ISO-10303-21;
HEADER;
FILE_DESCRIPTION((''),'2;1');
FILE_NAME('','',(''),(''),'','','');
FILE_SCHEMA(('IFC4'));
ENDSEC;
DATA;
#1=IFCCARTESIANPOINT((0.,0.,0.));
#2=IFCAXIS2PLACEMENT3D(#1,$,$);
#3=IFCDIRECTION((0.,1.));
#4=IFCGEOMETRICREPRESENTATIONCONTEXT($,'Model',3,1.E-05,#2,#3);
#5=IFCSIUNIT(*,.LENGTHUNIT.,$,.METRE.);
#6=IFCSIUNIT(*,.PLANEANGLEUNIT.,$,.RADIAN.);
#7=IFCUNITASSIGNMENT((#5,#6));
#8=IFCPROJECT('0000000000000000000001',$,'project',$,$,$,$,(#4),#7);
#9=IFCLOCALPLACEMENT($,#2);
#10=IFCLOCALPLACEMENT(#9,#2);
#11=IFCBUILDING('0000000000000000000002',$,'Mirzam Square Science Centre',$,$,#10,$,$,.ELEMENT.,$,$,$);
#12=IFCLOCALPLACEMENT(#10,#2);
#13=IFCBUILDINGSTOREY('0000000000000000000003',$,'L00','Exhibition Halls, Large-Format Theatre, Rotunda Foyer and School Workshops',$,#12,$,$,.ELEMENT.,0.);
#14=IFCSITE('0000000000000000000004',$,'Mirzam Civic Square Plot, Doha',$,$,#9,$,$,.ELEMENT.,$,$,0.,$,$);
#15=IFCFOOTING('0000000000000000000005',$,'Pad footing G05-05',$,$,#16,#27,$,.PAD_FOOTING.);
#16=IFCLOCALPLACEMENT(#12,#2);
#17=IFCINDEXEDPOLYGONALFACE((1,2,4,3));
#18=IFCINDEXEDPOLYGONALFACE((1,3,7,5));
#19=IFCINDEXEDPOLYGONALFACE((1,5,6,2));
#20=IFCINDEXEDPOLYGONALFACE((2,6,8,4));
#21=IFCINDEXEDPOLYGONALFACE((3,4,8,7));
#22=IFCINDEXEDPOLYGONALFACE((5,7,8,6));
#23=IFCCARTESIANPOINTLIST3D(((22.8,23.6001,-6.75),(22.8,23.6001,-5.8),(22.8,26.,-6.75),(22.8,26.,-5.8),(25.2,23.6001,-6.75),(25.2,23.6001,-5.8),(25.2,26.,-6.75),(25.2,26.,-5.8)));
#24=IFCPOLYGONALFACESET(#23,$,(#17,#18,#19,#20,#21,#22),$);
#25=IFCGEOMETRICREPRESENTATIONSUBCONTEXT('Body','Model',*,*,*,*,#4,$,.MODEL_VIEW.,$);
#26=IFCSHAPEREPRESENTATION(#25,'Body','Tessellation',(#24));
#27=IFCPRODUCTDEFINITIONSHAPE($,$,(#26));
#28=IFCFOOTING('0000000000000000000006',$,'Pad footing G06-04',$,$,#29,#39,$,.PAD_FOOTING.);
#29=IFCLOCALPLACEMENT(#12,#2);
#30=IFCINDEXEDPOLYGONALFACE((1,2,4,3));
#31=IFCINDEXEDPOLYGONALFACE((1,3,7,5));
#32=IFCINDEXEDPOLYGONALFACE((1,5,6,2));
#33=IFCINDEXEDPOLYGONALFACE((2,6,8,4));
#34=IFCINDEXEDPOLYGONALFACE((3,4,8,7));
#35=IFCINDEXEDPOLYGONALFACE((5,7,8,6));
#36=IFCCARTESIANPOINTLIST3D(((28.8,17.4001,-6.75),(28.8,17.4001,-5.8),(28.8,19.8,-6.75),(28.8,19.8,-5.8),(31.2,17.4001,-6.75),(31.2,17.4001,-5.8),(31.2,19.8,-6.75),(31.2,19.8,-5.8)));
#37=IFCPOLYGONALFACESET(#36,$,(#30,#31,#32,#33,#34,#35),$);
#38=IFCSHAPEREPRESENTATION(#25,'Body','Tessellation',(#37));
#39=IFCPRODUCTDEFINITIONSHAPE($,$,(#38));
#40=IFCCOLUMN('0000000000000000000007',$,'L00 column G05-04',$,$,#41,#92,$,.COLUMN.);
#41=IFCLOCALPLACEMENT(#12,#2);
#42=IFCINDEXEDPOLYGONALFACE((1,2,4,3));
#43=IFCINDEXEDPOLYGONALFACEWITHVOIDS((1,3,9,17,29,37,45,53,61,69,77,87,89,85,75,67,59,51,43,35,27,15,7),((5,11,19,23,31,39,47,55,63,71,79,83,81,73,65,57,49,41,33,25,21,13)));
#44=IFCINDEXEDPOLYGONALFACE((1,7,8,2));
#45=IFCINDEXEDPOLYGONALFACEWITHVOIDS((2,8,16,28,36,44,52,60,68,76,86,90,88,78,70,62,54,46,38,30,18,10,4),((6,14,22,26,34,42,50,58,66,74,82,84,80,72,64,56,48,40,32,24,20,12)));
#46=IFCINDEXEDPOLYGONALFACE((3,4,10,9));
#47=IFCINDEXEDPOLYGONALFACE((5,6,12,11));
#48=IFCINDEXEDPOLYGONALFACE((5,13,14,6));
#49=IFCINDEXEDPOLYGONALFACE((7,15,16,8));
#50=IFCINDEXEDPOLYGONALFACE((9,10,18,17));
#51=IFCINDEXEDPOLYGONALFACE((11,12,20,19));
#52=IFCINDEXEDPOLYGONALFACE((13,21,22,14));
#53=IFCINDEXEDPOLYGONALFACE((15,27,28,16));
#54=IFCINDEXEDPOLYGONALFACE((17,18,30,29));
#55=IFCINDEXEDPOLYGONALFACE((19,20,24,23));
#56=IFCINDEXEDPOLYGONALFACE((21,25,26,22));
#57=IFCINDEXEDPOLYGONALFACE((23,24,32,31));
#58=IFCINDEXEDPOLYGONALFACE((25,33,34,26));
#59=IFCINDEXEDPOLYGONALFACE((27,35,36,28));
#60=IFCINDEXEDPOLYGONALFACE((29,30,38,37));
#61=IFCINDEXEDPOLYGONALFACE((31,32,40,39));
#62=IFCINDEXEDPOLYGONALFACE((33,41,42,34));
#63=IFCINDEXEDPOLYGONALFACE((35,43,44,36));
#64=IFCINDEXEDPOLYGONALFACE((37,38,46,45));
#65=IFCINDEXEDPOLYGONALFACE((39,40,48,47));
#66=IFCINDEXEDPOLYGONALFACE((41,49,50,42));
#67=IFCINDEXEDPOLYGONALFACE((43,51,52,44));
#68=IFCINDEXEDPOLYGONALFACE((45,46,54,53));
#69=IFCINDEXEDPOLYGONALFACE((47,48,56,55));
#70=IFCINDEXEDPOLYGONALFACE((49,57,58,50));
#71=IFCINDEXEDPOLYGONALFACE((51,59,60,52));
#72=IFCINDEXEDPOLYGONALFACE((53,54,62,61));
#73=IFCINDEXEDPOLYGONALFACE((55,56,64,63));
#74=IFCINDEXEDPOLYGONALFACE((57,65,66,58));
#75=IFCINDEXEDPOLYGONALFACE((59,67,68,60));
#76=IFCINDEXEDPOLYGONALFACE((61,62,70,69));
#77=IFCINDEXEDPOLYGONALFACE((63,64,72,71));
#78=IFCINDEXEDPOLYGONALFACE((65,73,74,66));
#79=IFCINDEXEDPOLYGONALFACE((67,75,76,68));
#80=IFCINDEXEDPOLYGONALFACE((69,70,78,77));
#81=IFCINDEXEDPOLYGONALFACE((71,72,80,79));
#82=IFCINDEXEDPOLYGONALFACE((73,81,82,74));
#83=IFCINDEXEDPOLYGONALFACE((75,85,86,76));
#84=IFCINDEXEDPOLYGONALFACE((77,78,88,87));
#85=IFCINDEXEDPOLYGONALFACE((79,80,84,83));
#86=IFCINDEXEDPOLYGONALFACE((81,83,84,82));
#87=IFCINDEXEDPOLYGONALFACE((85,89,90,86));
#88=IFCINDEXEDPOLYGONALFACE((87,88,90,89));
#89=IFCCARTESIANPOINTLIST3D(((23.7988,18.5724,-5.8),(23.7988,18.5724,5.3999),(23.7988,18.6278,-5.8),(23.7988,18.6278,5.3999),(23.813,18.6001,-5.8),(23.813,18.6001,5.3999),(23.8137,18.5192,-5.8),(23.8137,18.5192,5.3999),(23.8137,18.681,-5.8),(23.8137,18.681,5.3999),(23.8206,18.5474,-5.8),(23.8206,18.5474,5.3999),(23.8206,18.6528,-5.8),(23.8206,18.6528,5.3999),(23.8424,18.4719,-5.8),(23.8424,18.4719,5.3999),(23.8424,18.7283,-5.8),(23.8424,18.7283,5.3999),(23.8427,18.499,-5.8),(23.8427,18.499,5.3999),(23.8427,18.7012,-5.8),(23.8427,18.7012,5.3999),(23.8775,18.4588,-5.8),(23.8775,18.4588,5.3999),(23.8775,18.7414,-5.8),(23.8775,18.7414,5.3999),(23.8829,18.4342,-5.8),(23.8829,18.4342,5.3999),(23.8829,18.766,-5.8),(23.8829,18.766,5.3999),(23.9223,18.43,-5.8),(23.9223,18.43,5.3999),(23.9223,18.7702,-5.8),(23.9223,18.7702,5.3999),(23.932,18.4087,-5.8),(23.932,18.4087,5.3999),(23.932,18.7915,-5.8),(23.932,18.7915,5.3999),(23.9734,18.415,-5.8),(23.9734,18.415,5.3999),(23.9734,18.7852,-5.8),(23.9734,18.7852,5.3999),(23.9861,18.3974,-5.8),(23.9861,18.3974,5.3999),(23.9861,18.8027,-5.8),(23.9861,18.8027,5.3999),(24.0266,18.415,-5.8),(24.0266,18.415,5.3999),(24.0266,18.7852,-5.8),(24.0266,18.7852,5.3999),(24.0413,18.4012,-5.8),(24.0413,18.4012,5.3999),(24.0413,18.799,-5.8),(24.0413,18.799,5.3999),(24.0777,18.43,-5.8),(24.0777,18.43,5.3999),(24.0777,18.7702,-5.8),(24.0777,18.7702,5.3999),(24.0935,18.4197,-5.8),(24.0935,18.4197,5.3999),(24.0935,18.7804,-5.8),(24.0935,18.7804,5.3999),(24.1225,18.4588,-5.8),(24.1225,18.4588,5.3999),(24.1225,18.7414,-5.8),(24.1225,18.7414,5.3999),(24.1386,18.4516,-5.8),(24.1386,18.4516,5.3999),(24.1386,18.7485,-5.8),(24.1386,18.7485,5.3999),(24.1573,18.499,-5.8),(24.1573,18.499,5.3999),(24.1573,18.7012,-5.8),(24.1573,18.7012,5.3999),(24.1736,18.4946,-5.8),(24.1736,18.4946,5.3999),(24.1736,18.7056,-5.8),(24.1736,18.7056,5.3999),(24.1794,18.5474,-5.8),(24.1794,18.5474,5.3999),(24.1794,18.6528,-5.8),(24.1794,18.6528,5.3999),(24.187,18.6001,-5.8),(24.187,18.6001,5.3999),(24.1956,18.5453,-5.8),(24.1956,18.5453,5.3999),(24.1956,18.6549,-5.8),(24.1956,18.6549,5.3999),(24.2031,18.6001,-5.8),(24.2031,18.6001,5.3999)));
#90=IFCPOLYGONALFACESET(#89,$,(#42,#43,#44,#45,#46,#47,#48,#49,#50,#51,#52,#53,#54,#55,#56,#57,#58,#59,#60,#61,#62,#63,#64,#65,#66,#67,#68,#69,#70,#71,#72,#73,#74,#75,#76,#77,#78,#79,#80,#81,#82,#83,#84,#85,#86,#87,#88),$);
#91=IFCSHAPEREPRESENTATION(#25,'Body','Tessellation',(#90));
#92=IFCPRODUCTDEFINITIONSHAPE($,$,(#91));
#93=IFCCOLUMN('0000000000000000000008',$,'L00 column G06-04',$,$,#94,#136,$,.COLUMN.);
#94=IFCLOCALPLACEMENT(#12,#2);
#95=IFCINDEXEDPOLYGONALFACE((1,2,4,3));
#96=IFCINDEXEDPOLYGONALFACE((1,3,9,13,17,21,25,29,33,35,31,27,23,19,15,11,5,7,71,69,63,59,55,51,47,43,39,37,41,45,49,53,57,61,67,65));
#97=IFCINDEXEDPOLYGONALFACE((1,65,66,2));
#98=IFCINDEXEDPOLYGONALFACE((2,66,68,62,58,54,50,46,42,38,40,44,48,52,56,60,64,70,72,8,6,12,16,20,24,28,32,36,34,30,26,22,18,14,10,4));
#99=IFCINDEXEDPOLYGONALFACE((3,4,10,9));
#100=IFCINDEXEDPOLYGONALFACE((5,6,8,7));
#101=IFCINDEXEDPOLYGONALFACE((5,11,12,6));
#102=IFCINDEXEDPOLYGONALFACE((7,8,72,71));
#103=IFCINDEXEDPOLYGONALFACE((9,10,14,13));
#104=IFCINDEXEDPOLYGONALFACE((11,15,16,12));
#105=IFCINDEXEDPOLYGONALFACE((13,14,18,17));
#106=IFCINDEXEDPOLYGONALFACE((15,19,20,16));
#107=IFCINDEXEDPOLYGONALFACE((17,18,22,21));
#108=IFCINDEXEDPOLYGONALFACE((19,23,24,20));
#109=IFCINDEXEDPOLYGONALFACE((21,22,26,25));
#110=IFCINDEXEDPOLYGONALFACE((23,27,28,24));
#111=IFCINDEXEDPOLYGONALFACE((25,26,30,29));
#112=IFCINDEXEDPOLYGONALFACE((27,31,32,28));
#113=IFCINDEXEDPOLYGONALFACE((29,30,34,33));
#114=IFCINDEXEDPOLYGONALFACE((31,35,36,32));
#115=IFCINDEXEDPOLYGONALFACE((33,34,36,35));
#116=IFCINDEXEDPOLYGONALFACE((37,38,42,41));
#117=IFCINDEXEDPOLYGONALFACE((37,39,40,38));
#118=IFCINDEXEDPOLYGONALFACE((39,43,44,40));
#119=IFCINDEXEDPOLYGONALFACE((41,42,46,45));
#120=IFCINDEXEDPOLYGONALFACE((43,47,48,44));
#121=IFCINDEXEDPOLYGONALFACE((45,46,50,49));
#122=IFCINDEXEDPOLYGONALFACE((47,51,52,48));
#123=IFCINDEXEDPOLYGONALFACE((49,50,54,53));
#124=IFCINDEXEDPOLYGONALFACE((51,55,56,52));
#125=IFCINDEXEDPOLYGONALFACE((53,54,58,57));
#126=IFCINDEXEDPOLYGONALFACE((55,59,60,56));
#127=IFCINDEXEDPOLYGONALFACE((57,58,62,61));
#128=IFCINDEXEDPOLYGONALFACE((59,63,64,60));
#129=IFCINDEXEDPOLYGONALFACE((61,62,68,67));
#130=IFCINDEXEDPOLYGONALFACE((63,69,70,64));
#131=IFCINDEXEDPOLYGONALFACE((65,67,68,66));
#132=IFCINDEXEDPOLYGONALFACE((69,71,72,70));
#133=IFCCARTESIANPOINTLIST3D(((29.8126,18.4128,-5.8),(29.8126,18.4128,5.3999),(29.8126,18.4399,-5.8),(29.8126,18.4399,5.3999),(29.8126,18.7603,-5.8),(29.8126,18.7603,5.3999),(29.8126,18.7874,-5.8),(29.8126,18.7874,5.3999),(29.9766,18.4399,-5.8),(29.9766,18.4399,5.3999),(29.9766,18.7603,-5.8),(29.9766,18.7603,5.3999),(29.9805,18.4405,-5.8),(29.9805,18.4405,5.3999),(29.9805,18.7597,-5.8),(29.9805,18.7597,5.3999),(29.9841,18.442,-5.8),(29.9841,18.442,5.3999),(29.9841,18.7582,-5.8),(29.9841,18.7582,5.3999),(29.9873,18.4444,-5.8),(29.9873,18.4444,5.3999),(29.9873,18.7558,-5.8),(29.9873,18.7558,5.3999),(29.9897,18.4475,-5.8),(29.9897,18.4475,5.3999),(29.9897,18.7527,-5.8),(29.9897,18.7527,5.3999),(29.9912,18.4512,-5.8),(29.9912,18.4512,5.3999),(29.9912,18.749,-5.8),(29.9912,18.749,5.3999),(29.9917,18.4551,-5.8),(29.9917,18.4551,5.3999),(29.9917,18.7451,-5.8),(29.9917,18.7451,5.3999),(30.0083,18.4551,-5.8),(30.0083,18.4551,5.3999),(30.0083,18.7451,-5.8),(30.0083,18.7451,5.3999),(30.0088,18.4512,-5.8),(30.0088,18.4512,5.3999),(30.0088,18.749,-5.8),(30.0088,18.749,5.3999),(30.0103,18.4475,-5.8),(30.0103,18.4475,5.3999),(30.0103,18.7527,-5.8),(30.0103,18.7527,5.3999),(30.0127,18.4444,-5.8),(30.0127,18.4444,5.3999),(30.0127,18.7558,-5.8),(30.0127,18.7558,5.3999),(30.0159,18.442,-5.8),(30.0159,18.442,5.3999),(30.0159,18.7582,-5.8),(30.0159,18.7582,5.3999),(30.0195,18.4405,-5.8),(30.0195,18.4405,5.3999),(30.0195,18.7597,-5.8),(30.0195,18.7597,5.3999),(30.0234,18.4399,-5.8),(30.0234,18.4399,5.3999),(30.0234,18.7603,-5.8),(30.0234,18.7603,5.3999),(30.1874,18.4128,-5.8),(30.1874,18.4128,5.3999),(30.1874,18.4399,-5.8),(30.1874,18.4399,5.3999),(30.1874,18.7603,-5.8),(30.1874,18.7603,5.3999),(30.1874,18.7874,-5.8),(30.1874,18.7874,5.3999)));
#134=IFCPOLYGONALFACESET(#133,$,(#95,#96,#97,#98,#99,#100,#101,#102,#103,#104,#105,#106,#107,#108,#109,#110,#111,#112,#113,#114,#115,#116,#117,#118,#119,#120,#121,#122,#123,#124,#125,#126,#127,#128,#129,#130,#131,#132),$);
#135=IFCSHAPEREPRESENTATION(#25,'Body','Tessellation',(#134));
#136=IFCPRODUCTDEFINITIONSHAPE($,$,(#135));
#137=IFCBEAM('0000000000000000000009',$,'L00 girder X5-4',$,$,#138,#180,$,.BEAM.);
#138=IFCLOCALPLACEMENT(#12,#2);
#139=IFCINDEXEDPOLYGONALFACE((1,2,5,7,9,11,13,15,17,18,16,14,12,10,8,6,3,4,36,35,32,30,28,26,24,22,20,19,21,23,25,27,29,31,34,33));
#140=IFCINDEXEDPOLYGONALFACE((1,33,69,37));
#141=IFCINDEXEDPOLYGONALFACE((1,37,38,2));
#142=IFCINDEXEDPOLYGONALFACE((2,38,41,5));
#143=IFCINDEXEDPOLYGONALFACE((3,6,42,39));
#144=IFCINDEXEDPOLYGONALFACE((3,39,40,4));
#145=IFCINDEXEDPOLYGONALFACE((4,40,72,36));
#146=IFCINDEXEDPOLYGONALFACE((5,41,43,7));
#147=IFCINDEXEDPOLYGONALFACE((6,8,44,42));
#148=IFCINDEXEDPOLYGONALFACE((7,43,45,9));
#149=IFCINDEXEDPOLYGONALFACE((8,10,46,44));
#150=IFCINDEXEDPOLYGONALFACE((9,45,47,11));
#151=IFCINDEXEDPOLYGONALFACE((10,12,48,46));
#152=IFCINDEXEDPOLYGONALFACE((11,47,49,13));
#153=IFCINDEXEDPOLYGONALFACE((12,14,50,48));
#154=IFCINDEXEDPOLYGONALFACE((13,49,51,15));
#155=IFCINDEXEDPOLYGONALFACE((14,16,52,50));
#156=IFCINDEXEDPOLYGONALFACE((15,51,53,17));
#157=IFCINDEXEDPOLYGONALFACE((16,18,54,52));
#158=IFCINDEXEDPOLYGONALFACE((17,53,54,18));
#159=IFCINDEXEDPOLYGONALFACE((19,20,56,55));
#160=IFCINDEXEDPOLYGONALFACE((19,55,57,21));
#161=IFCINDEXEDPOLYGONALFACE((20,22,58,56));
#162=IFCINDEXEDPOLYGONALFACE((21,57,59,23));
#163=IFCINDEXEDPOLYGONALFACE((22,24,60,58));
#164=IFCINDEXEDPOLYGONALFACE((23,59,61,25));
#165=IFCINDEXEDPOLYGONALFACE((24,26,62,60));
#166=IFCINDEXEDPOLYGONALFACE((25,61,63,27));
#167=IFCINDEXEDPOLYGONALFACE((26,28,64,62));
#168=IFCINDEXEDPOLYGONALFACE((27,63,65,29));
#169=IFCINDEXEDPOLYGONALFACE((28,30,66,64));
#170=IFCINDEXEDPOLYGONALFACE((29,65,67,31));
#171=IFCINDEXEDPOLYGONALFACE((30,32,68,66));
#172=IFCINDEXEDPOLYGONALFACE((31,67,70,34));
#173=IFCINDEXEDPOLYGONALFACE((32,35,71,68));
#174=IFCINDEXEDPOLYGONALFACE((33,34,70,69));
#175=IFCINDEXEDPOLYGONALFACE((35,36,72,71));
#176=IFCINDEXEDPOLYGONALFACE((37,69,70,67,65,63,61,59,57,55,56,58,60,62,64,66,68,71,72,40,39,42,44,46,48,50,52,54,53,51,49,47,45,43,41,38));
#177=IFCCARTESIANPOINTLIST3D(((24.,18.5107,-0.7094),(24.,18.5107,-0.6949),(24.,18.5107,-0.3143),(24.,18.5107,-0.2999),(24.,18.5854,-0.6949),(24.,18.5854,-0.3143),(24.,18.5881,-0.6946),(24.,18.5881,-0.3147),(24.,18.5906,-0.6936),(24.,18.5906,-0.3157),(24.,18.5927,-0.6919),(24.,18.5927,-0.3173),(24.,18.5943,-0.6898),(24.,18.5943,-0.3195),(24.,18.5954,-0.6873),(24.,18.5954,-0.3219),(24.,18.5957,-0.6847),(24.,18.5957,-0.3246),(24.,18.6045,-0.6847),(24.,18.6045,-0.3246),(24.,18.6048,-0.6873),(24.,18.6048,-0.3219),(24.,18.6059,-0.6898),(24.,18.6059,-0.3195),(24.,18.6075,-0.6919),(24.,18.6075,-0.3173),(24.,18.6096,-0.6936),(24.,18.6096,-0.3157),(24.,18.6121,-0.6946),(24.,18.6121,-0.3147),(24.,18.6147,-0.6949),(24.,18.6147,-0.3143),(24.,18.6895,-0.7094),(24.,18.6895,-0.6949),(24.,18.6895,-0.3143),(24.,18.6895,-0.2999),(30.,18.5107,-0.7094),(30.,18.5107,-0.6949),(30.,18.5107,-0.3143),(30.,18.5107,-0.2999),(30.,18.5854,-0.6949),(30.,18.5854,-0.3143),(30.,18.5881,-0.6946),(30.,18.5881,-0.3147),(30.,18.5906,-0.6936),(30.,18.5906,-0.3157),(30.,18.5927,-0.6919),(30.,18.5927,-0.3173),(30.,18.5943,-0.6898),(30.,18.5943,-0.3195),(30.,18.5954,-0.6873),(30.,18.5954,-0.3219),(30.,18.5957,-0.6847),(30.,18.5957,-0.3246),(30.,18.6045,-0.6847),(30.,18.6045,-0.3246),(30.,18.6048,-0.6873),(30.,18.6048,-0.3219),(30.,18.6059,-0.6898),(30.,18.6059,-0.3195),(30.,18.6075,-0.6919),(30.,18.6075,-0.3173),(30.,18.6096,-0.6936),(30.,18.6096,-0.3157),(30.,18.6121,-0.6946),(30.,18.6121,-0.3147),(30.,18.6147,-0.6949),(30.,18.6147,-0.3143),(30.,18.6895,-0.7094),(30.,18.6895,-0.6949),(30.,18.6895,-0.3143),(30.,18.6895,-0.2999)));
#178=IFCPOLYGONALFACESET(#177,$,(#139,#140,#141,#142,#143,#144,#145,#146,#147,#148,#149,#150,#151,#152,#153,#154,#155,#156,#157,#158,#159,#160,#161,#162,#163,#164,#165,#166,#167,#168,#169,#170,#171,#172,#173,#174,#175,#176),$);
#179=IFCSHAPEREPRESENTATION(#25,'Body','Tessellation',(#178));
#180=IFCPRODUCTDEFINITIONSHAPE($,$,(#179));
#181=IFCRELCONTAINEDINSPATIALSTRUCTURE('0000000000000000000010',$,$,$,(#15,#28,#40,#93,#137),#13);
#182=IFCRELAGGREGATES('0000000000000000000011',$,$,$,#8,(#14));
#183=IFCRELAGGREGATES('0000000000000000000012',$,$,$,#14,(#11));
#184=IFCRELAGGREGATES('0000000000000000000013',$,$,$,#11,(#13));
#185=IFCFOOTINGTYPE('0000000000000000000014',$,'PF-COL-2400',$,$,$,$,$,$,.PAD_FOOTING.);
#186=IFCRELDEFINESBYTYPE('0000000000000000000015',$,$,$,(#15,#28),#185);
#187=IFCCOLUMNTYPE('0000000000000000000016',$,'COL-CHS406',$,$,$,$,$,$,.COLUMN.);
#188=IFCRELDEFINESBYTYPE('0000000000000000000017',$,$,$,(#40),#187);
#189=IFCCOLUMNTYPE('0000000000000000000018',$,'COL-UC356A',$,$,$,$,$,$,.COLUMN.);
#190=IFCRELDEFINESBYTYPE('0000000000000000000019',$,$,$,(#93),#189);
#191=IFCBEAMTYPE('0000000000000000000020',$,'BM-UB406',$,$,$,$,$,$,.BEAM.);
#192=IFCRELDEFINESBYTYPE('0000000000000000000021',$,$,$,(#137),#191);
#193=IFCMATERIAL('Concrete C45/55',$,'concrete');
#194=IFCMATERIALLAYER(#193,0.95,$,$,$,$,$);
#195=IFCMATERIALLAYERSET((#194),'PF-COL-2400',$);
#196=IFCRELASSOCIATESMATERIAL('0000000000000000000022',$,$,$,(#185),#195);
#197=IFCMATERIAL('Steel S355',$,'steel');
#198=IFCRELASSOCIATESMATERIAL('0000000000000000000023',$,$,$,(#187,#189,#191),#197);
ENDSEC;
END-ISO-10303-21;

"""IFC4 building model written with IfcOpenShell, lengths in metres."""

from ifc_helpers import new_model, si_unit, direction, frame, origin, origin_2d, place, context, subcontext, project, spatial, rectangle, hollow_circle, i_section, extrude, material, layer, layer_set, material_profile, profile_set, type_object, element, save


model = new_model("IFC4")

# Units and contexts
model_context = context("Model", 3, precision=1e-05, world=origin(), true_north=direction((0.0, 1.0)))
body_context = subcontext(model_context, "Body", "Model", "MODEL_VIEW")
ifc_project = project(units=[si_unit("LENGTHUNIT", "METRE"), si_unit("PLANEANGLEUNIT", "RADIAN")], contexts=[model_context])

# Site, building, storey
site_placement = place(None, origin())
site = spatial("IfcSite", under=ifc_project, at=site_placement, Name="Mirzam Civic Square Plot, Doha", CompositionType="ELEMENT", RefElevation=0.0)
building_placement = place(site_placement, origin())
building = spatial("IfcBuilding", under=site, at=building_placement, Name="Mirzam Square Science Centre", CompositionType="ELEMENT")
storey_placement = place(building_placement, origin())
storey = spatial("IfcBuildingStorey", under=building, at=storey_placement, Name="L00", Description="Exhibition Halls, Large-Format Theatre, Rotunda Foyer and School Workshops", CompositionType="ELEMENT", Elevation=0.0)

# Footings
ifc_material_1 = material(Name="Concrete C45/55", Category="concrete")
ifc_layer_1 = layer(ifc_material_1, 0.95)
ifc_layer_set_1 = layer_set([ifc_layer_1], Name="PF-COL-2400")
footing_type = type_object("IfcFootingType", Name="PF-COL-2400", PredefinedType="PAD_FOOTING", material=ifc_layer_set_1)
for number, where, z_axis, x_axis, name in (
    (1, (24.0, 24.8, -6.75), (0.0, 0.0, 1.0), (1.0, 0.0, 0.0), "Pad footing G05-05"),
    (2, (30.0, 18.6001, -6.75), (0.0, 0.0, 1.0), (1.0, 0.0, 0.0), "Pad footing G06-04"),
):
    element("IfcFooting", number, at=place(storey_placement, frame(where, z_axis=z_axis, x_axis=x_axis)), inside=storey, type_object=footing_type, Name=name, PredefinedType="PAD_FOOTING", context=body_context, shape_type="SweptSolid", body=[
        extrude(rectangle(XDim=2.3999, YDim=2.3999, at=origin_2d()), origin(), (0.0, 0.0, 1.0), 0.95),
    ])

# Columns
ifc_material_2 = material(Name="Steel S355", Category="steel")
ifc_material_profile_1 = material_profile(ifc_material_2, hollow_circle(Radius=0.2031, WallThickness=0.0161, at=origin_2d()), Name="406.4x16.0CHS")
ifc_profile_set_1 = profile_set([ifc_material_profile_1], Name="Steel S355")
column_type_1 = type_object("IfcColumnType", Name="COL-CHS406", PredefinedType="COLUMN", material=ifc_profile_set_1)
column_1_placement = place(storey_placement, frame((24.0, 18.6001, -5.8), z_axis=(0.0, 0.0, 1.0), x_axis=(1.0, 0.0, 0.0)))
element("IfcColumn", 3, at=column_1_placement, inside=storey, type_object=column_type_1, Name="L00 column G05-04", PredefinedType="COLUMN", context=body_context, shape_type="SweptSolid", body=[
    extrude(hollow_circle(Radius=0.2031, WallThickness=0.0161, at=origin_2d()), origin(), (0.0, 0.0, 1.0), 11.2),
])
ifc_material_profile_2 = material_profile(ifc_material_2, i_section(OverallWidth=0.3748, OverallDepth=0.3745, WebThickness=0.0166, FlangeThickness=0.0271, FilletRadius=0.0151, at=origin_2d()), Name="356x368x202UC")
ifc_profile_set_2 = profile_set([ifc_material_profile_2], Name="Steel S355")
column_type_2 = type_object("IfcColumnType", Name="COL-UC356A", PredefinedType="COLUMN", material=ifc_profile_set_2)
column_2_placement = place(storey_placement, frame((30.0, 18.6001, -5.8), z_axis=(0.0, 0.0, 1.0), x_axis=(1.0, 0.0, 0.0)))
element("IfcColumn", 4, at=column_2_placement, inside=storey, type_object=column_type_2, Name="L00 column G06-04", PredefinedType="COLUMN", context=body_context, shape_type="SweptSolid", body=[
    extrude(i_section(OverallWidth=0.3748, OverallDepth=0.3745, WebThickness=0.0166, FlangeThickness=0.0271, FilletRadius=0.0151, at=origin_2d()), origin(), (0.0, 0.0, 1.0), 11.2),
])

# Beam
ifc_material_profile_3 = material_profile(ifc_material_2, i_section(OverallWidth=0.1787, OverallDepth=0.4094, WebThickness=0.0088, FlangeThickness=0.0144, FilletRadius=0.0103, at=origin_2d()), Name="406x178x67UB")
ifc_profile_set_3 = profile_set([ifc_material_profile_3], Name="Steel S355")
beam_type_1 = type_object("IfcBeamType", Name="BM-UB406", PredefinedType="BEAM", material=ifc_profile_set_3)
beam_1_placement = place(storey_placement, frame((24.0, 18.6001, -0.5046), z_axis=(1.0, 0.0, 0.0), x_axis=(0.0, 1.0, 0.0)))
element("IfcBeam", 5, at=beam_1_placement, inside=storey, type_object=beam_type_1, Name="L00 girder X5-4", PredefinedType="BEAM", context=body_context, shape_type="SweptSolid", body=[
    extrude(i_section(OverallWidth=0.1787, OverallDepth=0.4094, WebThickness=0.0088, FlangeThickness=0.0144, FilletRadius=0.0103, at=origin_2d()), origin(), (0.0, 0.0, 1.0), 6.0),
])

save(model, "model.ifc")
